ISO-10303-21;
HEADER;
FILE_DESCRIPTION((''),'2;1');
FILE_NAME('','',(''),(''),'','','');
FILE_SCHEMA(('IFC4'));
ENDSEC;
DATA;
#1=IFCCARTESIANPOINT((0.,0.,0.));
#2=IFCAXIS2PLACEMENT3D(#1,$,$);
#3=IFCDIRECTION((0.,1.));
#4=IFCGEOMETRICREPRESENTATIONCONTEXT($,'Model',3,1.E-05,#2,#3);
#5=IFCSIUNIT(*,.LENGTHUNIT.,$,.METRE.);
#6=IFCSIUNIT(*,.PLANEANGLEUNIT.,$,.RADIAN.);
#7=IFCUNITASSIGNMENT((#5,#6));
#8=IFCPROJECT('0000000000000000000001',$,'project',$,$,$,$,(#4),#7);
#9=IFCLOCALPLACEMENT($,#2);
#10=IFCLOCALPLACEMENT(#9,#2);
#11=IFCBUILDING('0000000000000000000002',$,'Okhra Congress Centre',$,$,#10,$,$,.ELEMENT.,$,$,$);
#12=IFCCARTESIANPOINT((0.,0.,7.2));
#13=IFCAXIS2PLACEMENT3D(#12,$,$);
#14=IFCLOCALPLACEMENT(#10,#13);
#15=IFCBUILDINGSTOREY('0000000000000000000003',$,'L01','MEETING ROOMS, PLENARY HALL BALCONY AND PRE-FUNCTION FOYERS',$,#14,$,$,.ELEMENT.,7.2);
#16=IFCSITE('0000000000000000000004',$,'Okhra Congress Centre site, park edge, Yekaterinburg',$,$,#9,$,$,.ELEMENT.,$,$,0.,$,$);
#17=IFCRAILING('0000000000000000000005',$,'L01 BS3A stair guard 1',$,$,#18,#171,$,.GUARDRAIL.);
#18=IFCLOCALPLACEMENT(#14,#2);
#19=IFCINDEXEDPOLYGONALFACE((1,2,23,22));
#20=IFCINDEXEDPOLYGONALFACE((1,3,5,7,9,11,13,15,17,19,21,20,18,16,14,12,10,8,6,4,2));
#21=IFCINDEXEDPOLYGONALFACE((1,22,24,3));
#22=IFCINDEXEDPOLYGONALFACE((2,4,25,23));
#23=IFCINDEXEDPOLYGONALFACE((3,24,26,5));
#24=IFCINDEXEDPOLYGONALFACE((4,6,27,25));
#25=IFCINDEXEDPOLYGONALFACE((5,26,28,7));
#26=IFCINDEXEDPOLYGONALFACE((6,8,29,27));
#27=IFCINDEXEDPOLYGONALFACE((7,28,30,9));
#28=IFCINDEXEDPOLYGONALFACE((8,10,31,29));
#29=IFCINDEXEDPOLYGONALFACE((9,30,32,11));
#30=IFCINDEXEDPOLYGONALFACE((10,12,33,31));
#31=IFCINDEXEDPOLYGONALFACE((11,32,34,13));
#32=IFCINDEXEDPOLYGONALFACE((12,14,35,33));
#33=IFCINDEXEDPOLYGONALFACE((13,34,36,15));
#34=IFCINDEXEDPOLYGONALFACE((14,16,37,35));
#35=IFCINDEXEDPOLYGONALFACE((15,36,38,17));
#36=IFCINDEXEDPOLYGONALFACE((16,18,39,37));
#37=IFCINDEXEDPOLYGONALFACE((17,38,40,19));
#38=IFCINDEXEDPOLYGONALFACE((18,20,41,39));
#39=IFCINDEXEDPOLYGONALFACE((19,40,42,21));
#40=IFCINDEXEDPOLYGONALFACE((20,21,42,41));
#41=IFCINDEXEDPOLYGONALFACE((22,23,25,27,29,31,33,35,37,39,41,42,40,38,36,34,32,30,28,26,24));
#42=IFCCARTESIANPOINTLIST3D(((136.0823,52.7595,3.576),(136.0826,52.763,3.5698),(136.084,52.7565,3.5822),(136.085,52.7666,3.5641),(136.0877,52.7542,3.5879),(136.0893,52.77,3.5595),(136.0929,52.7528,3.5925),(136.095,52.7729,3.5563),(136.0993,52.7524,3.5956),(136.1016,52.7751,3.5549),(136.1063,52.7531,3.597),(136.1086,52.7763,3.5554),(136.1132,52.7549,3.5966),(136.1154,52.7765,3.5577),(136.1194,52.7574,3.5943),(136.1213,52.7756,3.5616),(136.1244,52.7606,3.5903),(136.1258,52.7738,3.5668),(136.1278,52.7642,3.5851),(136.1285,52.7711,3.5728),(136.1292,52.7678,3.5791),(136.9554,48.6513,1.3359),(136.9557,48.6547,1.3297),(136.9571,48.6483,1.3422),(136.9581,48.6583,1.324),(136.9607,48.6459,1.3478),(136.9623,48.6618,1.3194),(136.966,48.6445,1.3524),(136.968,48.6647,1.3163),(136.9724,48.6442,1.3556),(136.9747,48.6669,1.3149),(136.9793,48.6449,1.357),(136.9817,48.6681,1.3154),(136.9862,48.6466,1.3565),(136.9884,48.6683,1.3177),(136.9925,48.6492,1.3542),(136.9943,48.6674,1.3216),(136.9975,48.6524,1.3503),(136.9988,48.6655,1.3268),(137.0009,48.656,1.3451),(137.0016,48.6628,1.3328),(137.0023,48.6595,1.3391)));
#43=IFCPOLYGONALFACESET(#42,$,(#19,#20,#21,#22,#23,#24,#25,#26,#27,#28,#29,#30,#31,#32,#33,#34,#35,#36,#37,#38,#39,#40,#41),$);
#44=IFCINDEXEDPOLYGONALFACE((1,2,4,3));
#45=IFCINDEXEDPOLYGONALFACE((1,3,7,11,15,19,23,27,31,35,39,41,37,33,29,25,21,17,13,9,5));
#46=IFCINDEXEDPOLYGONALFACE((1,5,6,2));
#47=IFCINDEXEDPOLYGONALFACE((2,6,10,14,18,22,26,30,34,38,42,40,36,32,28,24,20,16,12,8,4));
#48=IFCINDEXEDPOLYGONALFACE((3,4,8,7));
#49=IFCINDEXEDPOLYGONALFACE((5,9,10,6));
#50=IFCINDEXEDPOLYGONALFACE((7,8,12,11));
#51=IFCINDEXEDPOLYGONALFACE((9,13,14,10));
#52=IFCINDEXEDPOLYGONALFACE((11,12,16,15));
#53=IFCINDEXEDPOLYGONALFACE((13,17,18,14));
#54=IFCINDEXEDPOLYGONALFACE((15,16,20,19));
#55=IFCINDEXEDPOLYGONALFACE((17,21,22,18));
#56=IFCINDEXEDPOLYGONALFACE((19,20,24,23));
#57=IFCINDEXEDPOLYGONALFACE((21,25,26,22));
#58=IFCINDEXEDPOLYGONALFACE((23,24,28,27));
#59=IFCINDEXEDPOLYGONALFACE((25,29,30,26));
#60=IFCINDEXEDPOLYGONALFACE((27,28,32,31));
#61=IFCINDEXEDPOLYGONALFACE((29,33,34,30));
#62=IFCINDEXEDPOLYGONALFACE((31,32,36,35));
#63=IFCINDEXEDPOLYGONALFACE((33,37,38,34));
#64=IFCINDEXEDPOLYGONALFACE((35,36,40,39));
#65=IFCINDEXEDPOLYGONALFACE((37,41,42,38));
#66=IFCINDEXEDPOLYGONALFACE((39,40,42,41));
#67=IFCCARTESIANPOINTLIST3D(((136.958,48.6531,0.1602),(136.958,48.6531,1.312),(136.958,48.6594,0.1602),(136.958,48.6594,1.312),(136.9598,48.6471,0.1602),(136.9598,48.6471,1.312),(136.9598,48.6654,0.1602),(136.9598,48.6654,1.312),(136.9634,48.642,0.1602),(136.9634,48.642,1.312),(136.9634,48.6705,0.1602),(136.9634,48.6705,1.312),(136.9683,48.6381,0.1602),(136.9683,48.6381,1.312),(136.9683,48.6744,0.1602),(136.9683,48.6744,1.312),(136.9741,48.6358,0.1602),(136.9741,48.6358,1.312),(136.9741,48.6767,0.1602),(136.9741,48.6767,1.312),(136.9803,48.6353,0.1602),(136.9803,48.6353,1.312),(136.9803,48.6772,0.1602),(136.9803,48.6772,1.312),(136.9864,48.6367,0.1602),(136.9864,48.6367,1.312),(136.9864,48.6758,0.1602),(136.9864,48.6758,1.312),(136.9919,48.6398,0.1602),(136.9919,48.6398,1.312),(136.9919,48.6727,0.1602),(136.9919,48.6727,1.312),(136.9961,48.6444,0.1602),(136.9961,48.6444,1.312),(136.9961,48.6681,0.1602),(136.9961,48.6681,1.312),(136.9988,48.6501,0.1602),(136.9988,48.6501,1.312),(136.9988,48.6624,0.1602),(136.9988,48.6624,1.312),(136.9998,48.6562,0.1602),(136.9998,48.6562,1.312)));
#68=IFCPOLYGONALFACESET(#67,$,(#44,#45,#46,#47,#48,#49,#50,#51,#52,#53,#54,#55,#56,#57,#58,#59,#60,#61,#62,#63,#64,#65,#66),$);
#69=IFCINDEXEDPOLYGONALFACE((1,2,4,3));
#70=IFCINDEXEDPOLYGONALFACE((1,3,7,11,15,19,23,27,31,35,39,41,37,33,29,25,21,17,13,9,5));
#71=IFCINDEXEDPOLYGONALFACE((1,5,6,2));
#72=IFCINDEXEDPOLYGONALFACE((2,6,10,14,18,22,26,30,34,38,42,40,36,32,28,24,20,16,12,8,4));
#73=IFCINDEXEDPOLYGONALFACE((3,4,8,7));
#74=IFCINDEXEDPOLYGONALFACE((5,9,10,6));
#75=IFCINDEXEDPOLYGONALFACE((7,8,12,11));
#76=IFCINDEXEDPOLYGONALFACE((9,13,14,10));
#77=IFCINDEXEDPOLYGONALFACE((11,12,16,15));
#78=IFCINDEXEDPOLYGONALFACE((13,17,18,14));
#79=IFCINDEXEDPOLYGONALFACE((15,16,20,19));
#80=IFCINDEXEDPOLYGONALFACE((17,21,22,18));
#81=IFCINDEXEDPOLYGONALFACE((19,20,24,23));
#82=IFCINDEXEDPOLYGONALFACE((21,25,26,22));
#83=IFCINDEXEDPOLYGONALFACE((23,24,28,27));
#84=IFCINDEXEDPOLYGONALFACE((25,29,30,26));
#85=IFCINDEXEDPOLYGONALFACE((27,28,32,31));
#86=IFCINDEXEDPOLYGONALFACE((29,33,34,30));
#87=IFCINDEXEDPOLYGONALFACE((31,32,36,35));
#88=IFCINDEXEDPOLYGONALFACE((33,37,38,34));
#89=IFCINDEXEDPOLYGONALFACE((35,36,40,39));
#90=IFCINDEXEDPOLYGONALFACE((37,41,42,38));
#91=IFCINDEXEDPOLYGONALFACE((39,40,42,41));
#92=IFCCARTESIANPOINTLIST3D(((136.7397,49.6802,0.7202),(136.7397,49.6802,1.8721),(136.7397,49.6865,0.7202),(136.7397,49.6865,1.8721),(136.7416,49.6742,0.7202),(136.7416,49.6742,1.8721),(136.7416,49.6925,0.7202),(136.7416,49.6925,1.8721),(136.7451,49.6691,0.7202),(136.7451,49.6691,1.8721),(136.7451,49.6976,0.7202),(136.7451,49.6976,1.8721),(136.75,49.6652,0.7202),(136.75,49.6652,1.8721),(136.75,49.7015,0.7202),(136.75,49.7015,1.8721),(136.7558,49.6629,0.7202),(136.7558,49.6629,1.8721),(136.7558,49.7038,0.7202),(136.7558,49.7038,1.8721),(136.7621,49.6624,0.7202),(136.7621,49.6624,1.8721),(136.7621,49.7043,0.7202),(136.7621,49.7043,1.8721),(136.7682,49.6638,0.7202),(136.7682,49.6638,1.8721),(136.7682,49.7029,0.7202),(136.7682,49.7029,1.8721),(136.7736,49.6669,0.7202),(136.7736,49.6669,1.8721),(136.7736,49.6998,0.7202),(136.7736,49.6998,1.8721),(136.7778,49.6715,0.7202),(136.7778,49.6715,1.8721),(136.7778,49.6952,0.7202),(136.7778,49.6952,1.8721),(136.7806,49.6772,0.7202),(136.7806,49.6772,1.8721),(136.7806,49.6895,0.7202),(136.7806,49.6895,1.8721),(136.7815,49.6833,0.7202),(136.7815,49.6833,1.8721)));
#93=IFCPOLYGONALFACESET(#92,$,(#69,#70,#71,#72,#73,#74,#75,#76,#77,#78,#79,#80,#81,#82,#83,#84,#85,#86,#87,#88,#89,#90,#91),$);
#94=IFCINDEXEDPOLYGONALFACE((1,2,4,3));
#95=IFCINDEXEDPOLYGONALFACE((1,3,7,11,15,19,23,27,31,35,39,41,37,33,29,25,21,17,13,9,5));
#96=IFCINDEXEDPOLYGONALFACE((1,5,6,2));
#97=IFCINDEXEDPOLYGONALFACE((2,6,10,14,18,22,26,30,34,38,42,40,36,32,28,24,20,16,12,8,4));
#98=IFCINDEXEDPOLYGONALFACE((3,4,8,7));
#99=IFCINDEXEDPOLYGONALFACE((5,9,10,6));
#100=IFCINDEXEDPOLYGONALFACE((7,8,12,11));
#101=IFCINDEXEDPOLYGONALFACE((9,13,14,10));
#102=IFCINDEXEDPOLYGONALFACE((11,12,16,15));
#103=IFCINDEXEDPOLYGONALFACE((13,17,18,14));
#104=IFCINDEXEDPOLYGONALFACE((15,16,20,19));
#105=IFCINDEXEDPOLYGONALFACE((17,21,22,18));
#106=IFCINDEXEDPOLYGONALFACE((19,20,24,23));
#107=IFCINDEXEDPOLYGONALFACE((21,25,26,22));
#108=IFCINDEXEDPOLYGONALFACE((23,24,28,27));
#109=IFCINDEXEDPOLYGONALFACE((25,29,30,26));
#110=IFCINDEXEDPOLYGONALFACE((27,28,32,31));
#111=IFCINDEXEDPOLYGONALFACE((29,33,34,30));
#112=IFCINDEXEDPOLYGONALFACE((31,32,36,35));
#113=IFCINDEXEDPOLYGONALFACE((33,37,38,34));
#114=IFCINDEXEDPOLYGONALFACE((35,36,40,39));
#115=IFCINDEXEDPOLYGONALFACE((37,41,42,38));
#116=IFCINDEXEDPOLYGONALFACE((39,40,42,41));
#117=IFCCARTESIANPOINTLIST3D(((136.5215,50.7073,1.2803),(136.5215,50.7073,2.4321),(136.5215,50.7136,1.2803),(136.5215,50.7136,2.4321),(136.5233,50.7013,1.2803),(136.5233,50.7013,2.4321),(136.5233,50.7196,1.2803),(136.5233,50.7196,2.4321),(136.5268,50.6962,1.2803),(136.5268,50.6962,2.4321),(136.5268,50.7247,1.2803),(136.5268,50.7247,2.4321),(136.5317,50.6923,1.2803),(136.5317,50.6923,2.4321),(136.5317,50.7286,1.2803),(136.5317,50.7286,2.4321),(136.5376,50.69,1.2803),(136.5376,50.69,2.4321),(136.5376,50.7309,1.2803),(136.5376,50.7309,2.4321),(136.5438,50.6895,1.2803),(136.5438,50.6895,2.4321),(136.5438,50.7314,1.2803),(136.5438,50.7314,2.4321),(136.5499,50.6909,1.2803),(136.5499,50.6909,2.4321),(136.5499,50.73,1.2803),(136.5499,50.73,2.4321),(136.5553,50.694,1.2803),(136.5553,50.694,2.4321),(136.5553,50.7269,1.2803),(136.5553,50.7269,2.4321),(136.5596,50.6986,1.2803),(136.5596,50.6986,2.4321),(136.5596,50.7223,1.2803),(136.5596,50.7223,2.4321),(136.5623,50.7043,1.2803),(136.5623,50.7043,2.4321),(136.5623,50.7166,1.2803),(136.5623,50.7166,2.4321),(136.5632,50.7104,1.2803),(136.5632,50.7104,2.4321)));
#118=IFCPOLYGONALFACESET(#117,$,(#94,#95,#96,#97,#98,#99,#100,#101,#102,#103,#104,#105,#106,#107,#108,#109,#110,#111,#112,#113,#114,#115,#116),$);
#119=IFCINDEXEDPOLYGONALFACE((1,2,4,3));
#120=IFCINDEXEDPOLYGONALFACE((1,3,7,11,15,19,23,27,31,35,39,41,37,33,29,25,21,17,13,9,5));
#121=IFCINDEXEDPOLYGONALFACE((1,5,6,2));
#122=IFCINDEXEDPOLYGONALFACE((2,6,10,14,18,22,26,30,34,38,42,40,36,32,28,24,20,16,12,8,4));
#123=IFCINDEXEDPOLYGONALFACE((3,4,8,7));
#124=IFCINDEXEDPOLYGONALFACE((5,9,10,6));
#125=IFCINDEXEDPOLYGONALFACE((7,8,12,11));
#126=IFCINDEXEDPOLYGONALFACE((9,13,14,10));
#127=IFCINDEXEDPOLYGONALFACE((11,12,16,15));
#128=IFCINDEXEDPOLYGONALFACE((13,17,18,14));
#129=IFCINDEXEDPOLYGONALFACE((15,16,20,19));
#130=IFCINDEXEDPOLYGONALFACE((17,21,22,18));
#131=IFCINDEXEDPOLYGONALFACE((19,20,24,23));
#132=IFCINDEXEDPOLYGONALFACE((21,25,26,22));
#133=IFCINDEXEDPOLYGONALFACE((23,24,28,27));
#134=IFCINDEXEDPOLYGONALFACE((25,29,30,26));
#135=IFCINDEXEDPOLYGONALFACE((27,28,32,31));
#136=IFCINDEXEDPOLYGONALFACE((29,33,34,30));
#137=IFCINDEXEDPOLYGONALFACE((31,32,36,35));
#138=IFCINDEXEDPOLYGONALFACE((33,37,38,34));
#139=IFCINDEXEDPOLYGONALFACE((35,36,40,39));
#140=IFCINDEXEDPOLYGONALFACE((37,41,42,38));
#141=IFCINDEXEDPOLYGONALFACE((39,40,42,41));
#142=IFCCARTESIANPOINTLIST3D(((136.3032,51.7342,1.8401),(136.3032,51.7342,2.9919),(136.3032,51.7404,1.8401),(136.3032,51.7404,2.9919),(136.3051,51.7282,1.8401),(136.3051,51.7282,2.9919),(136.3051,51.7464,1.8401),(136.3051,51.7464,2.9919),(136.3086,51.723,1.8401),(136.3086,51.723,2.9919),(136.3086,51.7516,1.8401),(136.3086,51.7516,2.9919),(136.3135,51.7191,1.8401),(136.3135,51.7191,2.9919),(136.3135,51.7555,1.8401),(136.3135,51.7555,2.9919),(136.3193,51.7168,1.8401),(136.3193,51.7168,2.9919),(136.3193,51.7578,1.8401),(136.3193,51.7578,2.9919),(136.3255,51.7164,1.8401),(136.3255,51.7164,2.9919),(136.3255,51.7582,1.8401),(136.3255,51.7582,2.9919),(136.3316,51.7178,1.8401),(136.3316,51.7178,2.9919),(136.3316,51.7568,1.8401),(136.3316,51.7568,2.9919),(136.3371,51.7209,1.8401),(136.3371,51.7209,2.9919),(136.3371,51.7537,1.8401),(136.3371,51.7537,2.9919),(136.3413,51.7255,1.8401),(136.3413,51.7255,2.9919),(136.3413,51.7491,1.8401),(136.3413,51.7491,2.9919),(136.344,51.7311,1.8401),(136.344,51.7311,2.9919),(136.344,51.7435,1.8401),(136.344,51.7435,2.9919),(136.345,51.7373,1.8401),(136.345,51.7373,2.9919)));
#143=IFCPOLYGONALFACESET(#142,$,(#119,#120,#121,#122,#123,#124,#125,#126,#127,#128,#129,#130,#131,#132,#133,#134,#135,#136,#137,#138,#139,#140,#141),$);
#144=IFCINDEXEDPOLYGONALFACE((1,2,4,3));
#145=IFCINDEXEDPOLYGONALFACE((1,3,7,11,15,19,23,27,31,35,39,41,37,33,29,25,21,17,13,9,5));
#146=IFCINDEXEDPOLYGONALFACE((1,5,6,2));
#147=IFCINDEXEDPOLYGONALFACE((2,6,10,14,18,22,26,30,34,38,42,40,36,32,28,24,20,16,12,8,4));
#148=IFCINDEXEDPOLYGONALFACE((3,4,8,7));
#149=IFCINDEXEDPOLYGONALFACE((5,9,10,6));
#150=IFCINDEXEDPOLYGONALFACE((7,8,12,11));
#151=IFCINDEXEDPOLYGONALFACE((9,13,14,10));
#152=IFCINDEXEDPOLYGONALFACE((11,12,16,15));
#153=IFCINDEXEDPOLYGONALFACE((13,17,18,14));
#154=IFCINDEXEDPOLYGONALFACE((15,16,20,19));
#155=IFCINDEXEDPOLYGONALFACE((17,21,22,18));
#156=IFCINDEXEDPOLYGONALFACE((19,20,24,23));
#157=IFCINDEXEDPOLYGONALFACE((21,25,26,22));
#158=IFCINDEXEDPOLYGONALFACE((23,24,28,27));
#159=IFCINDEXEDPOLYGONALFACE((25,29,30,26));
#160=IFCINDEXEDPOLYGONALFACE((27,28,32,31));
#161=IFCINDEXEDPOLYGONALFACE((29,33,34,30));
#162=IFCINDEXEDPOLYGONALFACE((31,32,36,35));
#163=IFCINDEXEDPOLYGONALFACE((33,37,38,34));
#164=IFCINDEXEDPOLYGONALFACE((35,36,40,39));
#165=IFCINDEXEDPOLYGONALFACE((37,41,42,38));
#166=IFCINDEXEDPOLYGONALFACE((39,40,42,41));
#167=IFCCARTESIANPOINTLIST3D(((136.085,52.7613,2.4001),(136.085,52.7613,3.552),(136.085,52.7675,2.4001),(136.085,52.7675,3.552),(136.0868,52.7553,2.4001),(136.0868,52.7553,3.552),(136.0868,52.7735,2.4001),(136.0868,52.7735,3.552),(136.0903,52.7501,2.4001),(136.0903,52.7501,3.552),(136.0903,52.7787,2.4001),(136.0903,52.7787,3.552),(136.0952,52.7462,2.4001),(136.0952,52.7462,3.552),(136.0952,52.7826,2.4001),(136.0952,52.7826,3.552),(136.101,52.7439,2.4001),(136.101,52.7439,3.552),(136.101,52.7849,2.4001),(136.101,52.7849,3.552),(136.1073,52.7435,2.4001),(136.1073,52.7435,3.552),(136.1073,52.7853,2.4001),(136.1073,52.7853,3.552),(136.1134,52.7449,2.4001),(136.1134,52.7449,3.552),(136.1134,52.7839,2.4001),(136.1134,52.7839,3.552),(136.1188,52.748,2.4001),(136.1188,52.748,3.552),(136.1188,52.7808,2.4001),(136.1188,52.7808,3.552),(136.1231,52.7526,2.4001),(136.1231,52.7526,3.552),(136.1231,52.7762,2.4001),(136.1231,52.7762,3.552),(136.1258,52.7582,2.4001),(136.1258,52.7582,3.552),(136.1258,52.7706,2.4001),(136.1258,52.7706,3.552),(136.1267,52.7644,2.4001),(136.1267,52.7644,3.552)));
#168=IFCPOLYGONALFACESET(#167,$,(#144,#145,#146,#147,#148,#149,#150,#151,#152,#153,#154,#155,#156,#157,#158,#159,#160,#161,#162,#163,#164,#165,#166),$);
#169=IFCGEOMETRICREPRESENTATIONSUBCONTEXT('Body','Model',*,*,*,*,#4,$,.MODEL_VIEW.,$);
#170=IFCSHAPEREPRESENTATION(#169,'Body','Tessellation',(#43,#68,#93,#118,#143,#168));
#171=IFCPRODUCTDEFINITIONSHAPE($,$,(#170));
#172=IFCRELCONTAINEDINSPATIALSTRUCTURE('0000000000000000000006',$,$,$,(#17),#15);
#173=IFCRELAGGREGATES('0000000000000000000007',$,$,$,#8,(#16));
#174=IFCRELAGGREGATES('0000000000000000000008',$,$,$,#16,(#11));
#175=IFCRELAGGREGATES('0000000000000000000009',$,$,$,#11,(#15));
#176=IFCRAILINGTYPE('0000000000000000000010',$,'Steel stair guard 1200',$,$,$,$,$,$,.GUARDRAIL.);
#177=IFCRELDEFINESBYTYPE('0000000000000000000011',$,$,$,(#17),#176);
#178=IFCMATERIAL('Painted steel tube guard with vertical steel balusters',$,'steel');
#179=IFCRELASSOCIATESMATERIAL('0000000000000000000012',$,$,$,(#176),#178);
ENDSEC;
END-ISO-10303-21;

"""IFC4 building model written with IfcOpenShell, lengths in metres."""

from ifc_helpers import new_model, si_unit, direction, frame, origin, origin_2d, place, context, subcontext, project, spatial, circle, extrude, material, type_object, element, save


model = new_model("IFC4")

# Units and contexts
model_context = context("Model", 3, precision=1e-05, world=origin(), true_north=direction((0.0, 1.0)))
body_context = subcontext(model_context, "Body", "Model", "MODEL_VIEW")
ifc_project = project(units=[si_unit("LENGTHUNIT", "METRE"), si_unit("PLANEANGLEUNIT", "RADIAN")], contexts=[model_context])

# Site, building, storey
site_placement = place(None, origin())
site = spatial("IfcSite", under=ifc_project, at=site_placement, Name="Okhra Congress Centre site, park edge, Yekaterinburg", CompositionType="ELEMENT", RefElevation=0.0)
building_placement = place(site_placement, origin())
building = spatial("IfcBuilding", under=site, at=building_placement, Name="Okhra Congress Centre", CompositionType="ELEMENT")
storey_placement = place(building_placement, frame((0.0, 0.0, 7.2)))
storey = spatial("IfcBuildingStorey", under=building, at=storey_placement, Name="L01", Description="MEETING ROOMS, PLENARY HALL BALCONY AND PRE-FUNCTION FOYERS", CompositionType="ELEMENT", Elevation=7.2)

# Railing
ifc_material_1 = material(Name="Painted steel tube guard with vertical steel balusters", Category="steel")
railing_type = type_object("IfcRailingType", Name="Steel stair guard 1200", PredefinedType="GUARDRAIL", material=ifc_material_1)
railing_1_placement = place(storey_placement, frame((136.9788, 48.6562, 0.1602)))
element("IfcRailing", 1, at=railing_1_placement, inside=storey, type_object=railing_type, Name="L01 BS3A stair guard 1", PredefinedType="GUARDRAIL", context=body_context, shape_type="SweptSolid", body=[
    extrude(circle(Radius=0.0239, at=origin_2d()), frame((0.0, 0.0, 1.1758), z_axis=(-0.183417, 0.863075, 0.470596), x_axis=(-0.978156, -0.207873, 0.0)), (0.0, 0.0, 1.0), 4.76),
    extrude(circle(Radius=0.021, at=origin_2d()), origin(), (0.0, 0.0, 1.0), 1.1519),
    extrude(circle(Radius=0.021, at=origin_2d()), frame((-0.2183, 1.0271, 0.5601)), (0.0, 0.0, 1.0), 1.1519),
    extrude(circle(Radius=0.021, at=origin_2d()), frame((-0.4365, 2.0542, 1.1201)), (0.0, 0.0, 1.0), 1.1519),
    extrude(circle(Radius=0.021, at=origin_2d()), frame((-0.6548, 3.0811, 1.6799)), (0.0, 0.0, 1.0), 1.1519),
    extrude(circle(Radius=0.021, at=origin_2d()), frame((-0.873, 4.1082, 2.24)), (0.0, 0.0, 1.0), 1.1519),
])

save(model, "model.ifc")
